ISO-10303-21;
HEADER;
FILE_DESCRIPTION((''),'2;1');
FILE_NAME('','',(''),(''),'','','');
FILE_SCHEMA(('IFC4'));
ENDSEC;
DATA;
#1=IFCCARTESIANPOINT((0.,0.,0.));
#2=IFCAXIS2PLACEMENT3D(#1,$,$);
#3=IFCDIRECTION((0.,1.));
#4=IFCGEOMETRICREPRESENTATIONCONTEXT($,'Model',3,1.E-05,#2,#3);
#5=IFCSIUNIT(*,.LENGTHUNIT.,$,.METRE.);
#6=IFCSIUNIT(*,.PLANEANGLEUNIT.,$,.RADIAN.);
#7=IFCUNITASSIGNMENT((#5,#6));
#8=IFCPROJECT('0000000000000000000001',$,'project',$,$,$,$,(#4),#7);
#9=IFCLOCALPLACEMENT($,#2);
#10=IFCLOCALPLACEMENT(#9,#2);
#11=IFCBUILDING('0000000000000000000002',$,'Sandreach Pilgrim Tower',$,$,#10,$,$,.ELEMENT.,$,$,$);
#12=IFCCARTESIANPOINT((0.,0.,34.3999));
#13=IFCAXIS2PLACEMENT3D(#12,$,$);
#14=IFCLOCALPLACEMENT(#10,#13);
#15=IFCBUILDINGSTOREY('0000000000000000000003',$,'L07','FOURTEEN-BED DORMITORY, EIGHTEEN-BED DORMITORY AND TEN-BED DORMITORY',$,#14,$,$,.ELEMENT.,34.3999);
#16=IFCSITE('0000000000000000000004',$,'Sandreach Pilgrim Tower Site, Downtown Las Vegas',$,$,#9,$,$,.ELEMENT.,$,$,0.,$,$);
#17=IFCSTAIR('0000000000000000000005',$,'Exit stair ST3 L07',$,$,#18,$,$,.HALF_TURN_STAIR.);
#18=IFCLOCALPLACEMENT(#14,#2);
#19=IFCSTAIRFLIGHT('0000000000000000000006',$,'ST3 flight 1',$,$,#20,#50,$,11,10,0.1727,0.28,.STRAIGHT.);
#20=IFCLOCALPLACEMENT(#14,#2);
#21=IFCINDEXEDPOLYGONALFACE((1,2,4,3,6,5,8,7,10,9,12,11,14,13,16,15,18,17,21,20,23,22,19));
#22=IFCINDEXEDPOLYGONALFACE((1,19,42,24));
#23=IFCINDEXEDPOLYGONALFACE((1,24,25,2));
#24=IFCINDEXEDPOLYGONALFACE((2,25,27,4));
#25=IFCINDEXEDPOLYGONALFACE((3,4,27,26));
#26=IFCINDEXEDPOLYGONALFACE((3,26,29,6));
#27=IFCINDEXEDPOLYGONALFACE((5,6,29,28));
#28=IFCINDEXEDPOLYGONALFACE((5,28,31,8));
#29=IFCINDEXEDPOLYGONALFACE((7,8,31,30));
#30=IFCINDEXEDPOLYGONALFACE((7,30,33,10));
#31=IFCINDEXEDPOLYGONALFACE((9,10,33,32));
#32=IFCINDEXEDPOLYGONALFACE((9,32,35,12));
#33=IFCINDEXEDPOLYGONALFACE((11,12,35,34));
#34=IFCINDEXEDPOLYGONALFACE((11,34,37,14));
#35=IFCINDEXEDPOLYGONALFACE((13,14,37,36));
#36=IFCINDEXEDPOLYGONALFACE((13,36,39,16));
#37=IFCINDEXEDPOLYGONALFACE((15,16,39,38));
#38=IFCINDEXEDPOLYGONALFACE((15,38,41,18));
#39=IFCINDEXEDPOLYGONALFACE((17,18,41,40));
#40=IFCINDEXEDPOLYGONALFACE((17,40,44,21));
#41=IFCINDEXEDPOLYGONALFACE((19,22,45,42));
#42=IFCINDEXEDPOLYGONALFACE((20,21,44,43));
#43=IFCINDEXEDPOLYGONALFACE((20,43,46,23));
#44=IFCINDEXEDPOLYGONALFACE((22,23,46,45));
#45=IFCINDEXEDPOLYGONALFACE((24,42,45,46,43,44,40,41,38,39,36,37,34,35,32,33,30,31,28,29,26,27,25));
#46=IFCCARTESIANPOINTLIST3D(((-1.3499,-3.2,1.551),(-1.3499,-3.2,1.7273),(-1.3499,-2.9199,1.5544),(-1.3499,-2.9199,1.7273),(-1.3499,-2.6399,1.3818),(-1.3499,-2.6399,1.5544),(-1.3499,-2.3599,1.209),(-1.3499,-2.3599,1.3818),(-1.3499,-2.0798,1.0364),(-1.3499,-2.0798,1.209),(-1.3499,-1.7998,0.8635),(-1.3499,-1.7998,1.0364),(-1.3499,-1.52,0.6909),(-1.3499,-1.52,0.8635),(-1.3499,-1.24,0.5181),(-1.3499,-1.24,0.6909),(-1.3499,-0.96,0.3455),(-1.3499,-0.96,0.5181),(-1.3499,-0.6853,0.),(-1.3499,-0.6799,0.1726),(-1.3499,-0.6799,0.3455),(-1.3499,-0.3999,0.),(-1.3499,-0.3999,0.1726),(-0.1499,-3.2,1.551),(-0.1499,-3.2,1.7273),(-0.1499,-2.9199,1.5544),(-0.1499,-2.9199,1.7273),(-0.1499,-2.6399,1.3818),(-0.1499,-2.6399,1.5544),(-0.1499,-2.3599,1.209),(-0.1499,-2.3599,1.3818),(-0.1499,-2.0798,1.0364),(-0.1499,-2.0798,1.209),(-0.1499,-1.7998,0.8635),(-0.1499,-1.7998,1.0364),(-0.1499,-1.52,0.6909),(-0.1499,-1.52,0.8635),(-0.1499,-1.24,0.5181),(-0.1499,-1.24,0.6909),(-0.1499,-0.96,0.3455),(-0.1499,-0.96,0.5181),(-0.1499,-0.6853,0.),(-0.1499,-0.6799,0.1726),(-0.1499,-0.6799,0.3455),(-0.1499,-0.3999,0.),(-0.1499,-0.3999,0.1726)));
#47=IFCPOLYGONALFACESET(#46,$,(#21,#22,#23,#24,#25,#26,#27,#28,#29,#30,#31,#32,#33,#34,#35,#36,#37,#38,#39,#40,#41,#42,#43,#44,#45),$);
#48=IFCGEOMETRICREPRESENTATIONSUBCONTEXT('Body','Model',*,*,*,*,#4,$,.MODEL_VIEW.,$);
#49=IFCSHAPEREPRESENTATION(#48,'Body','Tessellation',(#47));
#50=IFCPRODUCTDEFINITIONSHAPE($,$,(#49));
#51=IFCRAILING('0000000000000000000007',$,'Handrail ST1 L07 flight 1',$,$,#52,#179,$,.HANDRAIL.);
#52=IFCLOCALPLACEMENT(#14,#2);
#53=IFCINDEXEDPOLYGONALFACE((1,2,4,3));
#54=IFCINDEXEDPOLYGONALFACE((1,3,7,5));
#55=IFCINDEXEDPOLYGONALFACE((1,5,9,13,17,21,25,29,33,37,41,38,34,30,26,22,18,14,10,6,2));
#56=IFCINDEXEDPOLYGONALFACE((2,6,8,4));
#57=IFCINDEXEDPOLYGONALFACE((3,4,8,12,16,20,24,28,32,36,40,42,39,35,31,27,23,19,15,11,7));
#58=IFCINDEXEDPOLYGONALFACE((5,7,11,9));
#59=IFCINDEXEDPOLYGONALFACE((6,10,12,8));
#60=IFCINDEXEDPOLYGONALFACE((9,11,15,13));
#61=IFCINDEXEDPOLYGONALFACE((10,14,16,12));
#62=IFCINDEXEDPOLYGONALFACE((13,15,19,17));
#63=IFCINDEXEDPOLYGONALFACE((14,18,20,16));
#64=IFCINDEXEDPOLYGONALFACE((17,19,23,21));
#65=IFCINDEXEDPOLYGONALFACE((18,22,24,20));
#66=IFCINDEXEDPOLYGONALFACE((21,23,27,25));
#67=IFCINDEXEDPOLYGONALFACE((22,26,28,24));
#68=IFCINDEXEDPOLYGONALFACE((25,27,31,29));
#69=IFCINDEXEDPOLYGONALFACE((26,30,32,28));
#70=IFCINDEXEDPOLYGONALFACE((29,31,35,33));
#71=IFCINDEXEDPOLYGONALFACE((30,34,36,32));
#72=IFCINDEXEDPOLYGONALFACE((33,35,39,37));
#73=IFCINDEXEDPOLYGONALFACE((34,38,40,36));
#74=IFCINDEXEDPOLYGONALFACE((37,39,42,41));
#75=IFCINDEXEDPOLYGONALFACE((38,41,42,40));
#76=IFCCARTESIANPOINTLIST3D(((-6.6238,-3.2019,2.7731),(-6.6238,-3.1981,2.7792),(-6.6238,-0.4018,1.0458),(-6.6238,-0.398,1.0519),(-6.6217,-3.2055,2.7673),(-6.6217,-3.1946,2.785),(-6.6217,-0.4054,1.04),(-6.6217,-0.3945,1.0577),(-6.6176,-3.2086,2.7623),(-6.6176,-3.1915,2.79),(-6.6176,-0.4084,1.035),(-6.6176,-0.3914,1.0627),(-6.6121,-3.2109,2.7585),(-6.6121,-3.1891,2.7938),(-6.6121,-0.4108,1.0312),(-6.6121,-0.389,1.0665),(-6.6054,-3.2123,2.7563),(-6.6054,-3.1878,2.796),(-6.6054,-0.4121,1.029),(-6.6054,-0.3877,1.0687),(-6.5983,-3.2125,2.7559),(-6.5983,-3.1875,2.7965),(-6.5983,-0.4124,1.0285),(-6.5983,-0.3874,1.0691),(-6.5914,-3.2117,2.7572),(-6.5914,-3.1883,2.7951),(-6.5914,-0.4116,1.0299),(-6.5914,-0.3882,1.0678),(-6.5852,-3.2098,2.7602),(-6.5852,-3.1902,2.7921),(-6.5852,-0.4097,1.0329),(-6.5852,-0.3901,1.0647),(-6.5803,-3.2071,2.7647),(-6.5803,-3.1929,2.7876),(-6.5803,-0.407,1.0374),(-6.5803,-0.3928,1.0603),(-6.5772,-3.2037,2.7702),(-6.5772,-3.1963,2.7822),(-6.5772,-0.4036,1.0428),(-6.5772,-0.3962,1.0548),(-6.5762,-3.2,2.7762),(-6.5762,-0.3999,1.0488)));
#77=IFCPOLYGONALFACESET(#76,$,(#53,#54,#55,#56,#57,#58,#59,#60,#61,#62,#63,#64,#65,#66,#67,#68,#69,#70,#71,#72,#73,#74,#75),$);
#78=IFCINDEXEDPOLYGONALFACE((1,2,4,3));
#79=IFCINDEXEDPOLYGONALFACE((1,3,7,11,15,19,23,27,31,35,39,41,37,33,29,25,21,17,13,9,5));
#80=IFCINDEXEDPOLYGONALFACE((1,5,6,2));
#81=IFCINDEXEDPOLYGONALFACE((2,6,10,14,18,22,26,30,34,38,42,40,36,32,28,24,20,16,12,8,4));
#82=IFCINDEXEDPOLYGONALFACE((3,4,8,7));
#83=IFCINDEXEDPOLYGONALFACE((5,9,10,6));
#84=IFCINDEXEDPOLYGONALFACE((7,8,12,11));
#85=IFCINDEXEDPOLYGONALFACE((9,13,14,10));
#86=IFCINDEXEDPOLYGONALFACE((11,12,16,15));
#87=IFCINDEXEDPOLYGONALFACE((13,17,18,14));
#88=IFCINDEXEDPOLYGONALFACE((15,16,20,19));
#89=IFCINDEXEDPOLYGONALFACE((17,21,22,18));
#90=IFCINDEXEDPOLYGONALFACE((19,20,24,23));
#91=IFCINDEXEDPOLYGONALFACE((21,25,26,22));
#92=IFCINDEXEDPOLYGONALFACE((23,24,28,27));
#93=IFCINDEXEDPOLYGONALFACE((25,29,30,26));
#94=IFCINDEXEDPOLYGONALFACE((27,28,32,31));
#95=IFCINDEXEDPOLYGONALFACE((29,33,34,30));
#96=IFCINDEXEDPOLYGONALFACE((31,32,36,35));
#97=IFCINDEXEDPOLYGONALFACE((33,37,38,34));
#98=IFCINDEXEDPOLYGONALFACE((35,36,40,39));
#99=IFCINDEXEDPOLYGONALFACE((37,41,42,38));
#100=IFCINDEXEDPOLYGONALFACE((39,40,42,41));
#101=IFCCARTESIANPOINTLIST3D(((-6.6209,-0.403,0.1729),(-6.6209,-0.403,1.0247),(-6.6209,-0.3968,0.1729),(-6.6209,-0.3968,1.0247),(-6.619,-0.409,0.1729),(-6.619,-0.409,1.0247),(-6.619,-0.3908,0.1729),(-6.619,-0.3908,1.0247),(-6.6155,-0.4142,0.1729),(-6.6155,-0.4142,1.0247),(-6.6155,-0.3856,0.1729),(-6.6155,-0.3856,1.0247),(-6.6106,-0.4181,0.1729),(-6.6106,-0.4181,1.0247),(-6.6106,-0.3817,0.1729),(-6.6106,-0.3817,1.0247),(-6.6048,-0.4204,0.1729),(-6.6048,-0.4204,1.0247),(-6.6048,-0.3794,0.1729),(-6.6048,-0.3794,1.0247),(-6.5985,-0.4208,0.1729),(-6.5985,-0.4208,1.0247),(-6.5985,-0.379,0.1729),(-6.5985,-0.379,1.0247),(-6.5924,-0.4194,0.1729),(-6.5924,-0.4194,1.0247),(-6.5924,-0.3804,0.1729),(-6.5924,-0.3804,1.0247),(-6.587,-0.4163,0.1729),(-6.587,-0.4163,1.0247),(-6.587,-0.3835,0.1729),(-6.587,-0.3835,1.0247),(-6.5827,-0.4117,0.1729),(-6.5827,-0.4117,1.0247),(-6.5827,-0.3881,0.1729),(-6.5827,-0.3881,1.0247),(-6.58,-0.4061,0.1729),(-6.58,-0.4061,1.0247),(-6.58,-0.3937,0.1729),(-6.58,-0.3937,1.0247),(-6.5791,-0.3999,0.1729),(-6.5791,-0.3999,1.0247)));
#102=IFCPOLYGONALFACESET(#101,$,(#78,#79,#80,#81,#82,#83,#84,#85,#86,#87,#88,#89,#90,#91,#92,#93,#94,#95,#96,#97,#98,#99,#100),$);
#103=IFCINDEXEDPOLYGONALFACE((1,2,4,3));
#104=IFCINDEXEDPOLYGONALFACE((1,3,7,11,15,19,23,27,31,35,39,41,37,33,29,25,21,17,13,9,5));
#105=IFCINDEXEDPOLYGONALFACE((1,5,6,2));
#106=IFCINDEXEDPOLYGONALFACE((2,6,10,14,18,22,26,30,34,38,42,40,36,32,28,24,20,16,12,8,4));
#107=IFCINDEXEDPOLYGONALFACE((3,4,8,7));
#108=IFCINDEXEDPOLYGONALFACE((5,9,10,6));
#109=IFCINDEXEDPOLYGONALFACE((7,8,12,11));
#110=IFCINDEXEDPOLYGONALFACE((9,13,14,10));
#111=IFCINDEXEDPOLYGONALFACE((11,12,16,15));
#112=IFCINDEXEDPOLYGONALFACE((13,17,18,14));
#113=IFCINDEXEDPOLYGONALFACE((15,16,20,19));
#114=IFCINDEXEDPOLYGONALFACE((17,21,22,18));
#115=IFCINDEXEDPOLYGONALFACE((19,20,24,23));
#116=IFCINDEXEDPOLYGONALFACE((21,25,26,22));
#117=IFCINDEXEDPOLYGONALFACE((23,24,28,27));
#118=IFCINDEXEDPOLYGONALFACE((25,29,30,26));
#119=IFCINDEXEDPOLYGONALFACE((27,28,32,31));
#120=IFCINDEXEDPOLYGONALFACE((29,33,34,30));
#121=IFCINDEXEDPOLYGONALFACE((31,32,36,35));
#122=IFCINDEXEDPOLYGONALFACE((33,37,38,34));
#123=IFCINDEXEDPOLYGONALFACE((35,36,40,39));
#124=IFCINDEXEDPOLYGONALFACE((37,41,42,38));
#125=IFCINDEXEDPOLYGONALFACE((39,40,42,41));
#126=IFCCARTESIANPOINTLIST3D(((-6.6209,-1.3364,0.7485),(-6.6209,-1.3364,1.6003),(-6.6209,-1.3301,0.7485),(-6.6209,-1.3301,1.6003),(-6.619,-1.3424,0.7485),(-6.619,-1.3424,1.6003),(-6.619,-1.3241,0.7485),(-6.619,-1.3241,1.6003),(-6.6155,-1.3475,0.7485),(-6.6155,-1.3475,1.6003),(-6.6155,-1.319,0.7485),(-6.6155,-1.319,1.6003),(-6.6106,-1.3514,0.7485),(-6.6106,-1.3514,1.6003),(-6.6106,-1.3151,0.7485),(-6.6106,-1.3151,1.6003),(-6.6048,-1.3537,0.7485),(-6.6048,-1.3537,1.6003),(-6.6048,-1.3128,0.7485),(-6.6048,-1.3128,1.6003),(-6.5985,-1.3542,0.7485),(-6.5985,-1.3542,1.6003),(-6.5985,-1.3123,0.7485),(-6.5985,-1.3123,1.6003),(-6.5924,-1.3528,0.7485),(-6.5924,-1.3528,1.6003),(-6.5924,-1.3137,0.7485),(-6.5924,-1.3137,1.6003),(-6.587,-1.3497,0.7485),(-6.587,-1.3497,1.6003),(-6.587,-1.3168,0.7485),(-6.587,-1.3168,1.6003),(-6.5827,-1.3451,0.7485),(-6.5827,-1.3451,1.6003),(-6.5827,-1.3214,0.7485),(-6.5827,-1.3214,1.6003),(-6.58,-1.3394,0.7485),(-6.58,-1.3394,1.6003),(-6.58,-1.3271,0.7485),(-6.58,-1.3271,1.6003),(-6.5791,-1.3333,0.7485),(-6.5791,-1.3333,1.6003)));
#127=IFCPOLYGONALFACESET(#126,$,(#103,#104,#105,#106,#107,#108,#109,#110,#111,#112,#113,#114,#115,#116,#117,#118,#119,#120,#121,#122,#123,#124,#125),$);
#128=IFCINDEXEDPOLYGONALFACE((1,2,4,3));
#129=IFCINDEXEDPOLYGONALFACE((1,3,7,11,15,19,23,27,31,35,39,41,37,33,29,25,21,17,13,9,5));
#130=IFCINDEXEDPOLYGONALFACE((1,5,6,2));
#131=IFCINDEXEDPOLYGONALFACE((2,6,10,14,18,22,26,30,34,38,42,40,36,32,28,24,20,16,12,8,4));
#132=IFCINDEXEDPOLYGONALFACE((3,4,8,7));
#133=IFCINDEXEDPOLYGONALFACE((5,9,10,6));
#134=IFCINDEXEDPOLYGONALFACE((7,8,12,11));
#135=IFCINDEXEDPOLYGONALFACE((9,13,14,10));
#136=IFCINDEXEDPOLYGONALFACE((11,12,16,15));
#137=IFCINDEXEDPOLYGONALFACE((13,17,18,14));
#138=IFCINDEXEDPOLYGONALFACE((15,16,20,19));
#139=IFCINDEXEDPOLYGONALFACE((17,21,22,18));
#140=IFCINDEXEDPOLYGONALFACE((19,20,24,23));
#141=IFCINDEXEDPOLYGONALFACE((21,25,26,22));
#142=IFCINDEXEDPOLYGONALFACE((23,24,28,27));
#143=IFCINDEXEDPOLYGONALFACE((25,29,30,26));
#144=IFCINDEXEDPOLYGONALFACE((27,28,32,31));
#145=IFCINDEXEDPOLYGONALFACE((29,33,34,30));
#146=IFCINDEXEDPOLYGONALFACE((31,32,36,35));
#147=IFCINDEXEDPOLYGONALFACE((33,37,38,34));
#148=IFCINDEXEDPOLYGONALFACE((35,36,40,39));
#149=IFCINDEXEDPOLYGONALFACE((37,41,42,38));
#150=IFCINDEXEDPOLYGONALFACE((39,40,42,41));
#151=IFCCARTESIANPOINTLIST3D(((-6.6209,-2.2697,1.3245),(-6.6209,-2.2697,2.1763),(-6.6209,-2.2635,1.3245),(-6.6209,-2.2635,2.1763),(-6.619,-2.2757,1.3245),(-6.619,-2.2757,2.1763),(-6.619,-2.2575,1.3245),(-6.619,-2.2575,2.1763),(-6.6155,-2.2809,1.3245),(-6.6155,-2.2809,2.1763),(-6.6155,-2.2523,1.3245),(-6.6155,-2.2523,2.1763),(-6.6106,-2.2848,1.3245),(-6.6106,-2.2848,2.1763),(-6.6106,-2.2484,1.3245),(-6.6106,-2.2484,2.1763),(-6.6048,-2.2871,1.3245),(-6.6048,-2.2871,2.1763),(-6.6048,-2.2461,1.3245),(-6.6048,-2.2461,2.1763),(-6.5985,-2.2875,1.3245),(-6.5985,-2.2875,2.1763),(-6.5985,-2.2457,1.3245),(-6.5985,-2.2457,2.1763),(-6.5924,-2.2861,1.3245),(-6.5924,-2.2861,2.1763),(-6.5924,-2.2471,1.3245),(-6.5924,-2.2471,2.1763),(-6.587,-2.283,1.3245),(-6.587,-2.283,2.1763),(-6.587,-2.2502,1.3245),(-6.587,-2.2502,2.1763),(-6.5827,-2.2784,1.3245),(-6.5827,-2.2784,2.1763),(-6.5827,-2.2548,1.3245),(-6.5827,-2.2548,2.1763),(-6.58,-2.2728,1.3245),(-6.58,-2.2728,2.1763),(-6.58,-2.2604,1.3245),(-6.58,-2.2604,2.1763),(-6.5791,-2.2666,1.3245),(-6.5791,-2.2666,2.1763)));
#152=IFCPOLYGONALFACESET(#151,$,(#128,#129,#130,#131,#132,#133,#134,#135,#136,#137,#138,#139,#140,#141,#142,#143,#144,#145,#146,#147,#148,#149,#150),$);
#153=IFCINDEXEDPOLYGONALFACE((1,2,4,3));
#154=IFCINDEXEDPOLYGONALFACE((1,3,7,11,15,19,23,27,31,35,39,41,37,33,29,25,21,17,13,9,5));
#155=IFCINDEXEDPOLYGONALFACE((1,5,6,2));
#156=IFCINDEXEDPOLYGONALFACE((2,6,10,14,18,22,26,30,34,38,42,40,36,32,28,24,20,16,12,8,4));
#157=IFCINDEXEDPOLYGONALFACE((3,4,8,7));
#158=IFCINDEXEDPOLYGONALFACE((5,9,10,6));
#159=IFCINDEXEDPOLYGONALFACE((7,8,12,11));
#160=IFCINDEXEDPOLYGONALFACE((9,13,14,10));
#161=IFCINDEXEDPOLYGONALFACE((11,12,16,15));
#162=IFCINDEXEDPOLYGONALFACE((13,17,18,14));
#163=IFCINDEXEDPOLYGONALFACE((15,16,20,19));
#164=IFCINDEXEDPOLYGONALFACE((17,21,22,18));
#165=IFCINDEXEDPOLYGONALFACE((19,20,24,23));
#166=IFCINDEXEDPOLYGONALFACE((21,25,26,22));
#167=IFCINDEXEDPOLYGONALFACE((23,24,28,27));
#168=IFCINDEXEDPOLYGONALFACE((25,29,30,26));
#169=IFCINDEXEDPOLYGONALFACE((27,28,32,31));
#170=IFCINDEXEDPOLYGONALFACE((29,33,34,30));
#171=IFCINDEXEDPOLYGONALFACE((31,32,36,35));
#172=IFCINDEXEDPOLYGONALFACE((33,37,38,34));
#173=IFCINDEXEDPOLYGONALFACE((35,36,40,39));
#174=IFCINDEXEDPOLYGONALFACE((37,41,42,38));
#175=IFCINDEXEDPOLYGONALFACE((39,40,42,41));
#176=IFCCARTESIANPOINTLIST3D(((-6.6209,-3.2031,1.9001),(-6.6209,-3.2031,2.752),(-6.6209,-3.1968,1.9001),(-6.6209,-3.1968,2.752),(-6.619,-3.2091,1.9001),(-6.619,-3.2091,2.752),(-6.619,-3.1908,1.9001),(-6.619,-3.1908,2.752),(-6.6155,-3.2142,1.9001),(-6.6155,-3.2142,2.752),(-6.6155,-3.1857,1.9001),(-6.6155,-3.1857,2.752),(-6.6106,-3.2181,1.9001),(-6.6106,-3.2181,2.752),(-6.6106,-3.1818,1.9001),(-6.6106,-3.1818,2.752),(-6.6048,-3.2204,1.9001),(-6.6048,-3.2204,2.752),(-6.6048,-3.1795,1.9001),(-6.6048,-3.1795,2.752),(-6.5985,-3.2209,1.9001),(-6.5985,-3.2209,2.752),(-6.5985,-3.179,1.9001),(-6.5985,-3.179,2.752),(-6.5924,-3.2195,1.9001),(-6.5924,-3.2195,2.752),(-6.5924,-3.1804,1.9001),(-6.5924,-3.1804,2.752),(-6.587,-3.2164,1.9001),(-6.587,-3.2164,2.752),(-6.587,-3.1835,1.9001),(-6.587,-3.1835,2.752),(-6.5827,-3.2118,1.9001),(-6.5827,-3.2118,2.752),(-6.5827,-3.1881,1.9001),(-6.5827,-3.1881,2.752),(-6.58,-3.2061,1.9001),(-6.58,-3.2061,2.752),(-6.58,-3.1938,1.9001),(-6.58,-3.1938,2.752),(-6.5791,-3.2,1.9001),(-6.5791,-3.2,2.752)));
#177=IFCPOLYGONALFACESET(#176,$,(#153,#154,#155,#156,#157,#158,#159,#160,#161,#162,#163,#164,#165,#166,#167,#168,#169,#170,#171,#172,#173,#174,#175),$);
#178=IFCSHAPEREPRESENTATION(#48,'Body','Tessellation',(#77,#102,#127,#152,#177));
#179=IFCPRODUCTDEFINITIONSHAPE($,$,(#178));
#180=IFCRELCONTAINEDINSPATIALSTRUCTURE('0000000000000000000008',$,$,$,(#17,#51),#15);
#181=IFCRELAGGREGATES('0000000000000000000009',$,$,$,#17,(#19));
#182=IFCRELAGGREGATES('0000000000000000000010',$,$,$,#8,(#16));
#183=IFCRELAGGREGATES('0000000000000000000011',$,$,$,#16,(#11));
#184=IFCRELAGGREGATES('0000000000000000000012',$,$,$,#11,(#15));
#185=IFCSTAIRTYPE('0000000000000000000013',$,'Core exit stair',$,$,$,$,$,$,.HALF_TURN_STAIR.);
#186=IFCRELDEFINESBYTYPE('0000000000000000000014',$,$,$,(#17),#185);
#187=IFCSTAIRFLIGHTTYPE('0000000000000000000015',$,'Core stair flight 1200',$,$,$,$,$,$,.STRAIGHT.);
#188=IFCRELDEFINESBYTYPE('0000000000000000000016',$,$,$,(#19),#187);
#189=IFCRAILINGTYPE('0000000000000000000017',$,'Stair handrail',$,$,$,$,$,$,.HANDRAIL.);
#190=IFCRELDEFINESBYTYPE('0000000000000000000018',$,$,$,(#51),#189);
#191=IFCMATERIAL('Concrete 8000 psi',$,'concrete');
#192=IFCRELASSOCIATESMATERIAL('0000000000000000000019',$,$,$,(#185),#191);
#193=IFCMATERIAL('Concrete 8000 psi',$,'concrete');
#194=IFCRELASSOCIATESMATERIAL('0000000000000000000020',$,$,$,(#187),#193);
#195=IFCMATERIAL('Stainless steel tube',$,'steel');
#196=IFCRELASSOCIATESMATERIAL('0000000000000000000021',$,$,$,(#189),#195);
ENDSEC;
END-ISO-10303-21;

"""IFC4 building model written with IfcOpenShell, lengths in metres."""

from ifc_helpers import new_model, si_unit, direction, frame, origin, origin_2d, place, context, subcontext, project, spatial, polyline, circle, outline, extrude, material, type_object, element, aggregate, save


model = new_model("IFC4")

# Units and contexts
model_context = context("Model", 3, precision=1e-05, world=origin(), true_north=direction((0.0, 1.0)))
body_context = subcontext(model_context, "Body", "Model", "MODEL_VIEW")
ifc_project = project(units=[si_unit("LENGTHUNIT", "METRE"), si_unit("PLANEANGLEUNIT", "RADIAN")], contexts=[model_context])

# Site, building, storey
site_placement = place(None, origin())
site = spatial("IfcSite", under=ifc_project, at=site_placement, Name="Sandreach Pilgrim Tower Site, Downtown Las Vegas", CompositionType="ELEMENT", RefElevation=0.0)
building_placement = place(site_placement, origin())
building = spatial("IfcBuilding", under=site, at=building_placement, Name="Sandreach Pilgrim Tower", CompositionType="ELEMENT")
storey_placement = place(building_placement, frame((0.0, 0.0, 34.3999)))
storey = spatial("IfcBuildingStorey", under=building, at=storey_placement, Name="L07", Description="FOURTEEN-BED DORMITORY, EIGHTEEN-BED DORMITORY AND TEN-BED DORMITORY", CompositionType="ELEMENT", Elevation=34.3999)

# Stair, stair flight
ifc_material_1 = material(Name="Concrete 8000 psi", Category="concrete")
stair_type = type_object("IfcStairType", Name="Core exit stair", PredefinedType="HALF_TURN_STAIR", material=ifc_material_1)
ifc_material_2 = material(Name="Concrete 8000 psi", Category="concrete")
stair_flight_type = type_object("IfcStairFlightType", Name="Core stair flight 1200", PredefinedType="STRAIGHT", material=ifc_material_2)
stair_1_placement = place(storey_placement, origin())
stair_1 = element("IfcStair", 1, at=stair_1_placement, inside=storey, type_object=stair_type, Name="Exit stair ST3 L07", PredefinedType="HALF_TURN_STAIR")
stair_flight_1_placement = place(storey_placement, frame((-0.75, -0.3999, 0.0), z_axis=(0.0, 0.0, 1.0), x_axis=(0.0, -1.0, 0.0)))
stair_flight_1 = element("IfcStairFlight", 2, at=stair_flight_1_placement, type_object=stair_flight_type, Name="ST3 flight 1", NumberOfRisers=11, NumberOfTreads=10, PredefinedType="STRAIGHT", RiserHeight=0.1727, TreadLength=0.28, context=body_context, shape_type="SweptSolid", body=[
    extrude(outline(polyline([(0.0, 0.0), (0.0, 0.1726), (0.28, 0.1726), (0.28, 0.3455), (0.5601, 0.3455), (0.5601, 0.5181), (0.8401, 0.5181), (0.8401, 0.6909), (1.1201, 0.6909), (1.1201, 0.8635), (1.3999, 0.8635), (1.3999, 1.0364), (1.6799, 1.0364), (1.6799, 1.209), (1.96, 1.209), (1.96, 1.3818), (2.24, 1.3818), (2.24, 1.5544), (2.52, 1.5544), (2.52, 1.7273), (2.8, 1.7273), (2.8, 1.8999), (2.8, 1.551), (0.2854, 0.0), (0.0, 0.0)])), frame((0.0, 0.6001, 0.0), z_axis=(0.0, -1.0, 0.0), x_axis=(1.0, 0.0, 0.0)), (0.0, 0.0, 1.0), 1.2),
])
aggregate(stair_1, [stair_flight_1])

# Railing
ifc_material_3 = material(Name="Stainless steel tube", Category="steel")
railing_type = type_object("IfcRailingType", Name="Stair handrail", PredefinedType="HANDRAIL", material=ifc_material_3)
railing_placement = place(storey_placement, frame((-6.6001, -0.3999, 0.1729)))
element("IfcRailing", 3, at=railing_placement, inside=storey, type_object=railing_type, Name="Handrail ST1 L07 flight 1", PredefinedType="HANDRAIL", context=body_context, shape_type="SweptSolid", body=[
    extrude(circle(Radius=0.0239, at=origin_2d()), frame((0.0, 0.0, 0.876), z_axis=(0.0, -0.85109, 0.52502), x_axis=(1.0, 0.0, 0.0)), (0.0, 0.0, 1.0), 3.29),
    extrude(circle(Radius=0.021, at=origin_2d()), origin(), (0.0, 0.0, 1.0), 0.8518),
    extrude(circle(Radius=0.021, at=origin_2d()), frame((0.0, -0.9333, 0.5757)), (0.0, 0.0, 1.0), 0.8518),
    extrude(circle(Radius=0.021, at=origin_2d()), frame((0.0, -1.8667, 1.1516)), (0.0, 0.0, 1.0), 0.8518),
    extrude(circle(Radius=0.021, at=origin_2d()), frame((0.0, -2.8, 1.7273)), (0.0, 0.0, 1.0), 0.8518),
])

save(model, "model.ifc")
